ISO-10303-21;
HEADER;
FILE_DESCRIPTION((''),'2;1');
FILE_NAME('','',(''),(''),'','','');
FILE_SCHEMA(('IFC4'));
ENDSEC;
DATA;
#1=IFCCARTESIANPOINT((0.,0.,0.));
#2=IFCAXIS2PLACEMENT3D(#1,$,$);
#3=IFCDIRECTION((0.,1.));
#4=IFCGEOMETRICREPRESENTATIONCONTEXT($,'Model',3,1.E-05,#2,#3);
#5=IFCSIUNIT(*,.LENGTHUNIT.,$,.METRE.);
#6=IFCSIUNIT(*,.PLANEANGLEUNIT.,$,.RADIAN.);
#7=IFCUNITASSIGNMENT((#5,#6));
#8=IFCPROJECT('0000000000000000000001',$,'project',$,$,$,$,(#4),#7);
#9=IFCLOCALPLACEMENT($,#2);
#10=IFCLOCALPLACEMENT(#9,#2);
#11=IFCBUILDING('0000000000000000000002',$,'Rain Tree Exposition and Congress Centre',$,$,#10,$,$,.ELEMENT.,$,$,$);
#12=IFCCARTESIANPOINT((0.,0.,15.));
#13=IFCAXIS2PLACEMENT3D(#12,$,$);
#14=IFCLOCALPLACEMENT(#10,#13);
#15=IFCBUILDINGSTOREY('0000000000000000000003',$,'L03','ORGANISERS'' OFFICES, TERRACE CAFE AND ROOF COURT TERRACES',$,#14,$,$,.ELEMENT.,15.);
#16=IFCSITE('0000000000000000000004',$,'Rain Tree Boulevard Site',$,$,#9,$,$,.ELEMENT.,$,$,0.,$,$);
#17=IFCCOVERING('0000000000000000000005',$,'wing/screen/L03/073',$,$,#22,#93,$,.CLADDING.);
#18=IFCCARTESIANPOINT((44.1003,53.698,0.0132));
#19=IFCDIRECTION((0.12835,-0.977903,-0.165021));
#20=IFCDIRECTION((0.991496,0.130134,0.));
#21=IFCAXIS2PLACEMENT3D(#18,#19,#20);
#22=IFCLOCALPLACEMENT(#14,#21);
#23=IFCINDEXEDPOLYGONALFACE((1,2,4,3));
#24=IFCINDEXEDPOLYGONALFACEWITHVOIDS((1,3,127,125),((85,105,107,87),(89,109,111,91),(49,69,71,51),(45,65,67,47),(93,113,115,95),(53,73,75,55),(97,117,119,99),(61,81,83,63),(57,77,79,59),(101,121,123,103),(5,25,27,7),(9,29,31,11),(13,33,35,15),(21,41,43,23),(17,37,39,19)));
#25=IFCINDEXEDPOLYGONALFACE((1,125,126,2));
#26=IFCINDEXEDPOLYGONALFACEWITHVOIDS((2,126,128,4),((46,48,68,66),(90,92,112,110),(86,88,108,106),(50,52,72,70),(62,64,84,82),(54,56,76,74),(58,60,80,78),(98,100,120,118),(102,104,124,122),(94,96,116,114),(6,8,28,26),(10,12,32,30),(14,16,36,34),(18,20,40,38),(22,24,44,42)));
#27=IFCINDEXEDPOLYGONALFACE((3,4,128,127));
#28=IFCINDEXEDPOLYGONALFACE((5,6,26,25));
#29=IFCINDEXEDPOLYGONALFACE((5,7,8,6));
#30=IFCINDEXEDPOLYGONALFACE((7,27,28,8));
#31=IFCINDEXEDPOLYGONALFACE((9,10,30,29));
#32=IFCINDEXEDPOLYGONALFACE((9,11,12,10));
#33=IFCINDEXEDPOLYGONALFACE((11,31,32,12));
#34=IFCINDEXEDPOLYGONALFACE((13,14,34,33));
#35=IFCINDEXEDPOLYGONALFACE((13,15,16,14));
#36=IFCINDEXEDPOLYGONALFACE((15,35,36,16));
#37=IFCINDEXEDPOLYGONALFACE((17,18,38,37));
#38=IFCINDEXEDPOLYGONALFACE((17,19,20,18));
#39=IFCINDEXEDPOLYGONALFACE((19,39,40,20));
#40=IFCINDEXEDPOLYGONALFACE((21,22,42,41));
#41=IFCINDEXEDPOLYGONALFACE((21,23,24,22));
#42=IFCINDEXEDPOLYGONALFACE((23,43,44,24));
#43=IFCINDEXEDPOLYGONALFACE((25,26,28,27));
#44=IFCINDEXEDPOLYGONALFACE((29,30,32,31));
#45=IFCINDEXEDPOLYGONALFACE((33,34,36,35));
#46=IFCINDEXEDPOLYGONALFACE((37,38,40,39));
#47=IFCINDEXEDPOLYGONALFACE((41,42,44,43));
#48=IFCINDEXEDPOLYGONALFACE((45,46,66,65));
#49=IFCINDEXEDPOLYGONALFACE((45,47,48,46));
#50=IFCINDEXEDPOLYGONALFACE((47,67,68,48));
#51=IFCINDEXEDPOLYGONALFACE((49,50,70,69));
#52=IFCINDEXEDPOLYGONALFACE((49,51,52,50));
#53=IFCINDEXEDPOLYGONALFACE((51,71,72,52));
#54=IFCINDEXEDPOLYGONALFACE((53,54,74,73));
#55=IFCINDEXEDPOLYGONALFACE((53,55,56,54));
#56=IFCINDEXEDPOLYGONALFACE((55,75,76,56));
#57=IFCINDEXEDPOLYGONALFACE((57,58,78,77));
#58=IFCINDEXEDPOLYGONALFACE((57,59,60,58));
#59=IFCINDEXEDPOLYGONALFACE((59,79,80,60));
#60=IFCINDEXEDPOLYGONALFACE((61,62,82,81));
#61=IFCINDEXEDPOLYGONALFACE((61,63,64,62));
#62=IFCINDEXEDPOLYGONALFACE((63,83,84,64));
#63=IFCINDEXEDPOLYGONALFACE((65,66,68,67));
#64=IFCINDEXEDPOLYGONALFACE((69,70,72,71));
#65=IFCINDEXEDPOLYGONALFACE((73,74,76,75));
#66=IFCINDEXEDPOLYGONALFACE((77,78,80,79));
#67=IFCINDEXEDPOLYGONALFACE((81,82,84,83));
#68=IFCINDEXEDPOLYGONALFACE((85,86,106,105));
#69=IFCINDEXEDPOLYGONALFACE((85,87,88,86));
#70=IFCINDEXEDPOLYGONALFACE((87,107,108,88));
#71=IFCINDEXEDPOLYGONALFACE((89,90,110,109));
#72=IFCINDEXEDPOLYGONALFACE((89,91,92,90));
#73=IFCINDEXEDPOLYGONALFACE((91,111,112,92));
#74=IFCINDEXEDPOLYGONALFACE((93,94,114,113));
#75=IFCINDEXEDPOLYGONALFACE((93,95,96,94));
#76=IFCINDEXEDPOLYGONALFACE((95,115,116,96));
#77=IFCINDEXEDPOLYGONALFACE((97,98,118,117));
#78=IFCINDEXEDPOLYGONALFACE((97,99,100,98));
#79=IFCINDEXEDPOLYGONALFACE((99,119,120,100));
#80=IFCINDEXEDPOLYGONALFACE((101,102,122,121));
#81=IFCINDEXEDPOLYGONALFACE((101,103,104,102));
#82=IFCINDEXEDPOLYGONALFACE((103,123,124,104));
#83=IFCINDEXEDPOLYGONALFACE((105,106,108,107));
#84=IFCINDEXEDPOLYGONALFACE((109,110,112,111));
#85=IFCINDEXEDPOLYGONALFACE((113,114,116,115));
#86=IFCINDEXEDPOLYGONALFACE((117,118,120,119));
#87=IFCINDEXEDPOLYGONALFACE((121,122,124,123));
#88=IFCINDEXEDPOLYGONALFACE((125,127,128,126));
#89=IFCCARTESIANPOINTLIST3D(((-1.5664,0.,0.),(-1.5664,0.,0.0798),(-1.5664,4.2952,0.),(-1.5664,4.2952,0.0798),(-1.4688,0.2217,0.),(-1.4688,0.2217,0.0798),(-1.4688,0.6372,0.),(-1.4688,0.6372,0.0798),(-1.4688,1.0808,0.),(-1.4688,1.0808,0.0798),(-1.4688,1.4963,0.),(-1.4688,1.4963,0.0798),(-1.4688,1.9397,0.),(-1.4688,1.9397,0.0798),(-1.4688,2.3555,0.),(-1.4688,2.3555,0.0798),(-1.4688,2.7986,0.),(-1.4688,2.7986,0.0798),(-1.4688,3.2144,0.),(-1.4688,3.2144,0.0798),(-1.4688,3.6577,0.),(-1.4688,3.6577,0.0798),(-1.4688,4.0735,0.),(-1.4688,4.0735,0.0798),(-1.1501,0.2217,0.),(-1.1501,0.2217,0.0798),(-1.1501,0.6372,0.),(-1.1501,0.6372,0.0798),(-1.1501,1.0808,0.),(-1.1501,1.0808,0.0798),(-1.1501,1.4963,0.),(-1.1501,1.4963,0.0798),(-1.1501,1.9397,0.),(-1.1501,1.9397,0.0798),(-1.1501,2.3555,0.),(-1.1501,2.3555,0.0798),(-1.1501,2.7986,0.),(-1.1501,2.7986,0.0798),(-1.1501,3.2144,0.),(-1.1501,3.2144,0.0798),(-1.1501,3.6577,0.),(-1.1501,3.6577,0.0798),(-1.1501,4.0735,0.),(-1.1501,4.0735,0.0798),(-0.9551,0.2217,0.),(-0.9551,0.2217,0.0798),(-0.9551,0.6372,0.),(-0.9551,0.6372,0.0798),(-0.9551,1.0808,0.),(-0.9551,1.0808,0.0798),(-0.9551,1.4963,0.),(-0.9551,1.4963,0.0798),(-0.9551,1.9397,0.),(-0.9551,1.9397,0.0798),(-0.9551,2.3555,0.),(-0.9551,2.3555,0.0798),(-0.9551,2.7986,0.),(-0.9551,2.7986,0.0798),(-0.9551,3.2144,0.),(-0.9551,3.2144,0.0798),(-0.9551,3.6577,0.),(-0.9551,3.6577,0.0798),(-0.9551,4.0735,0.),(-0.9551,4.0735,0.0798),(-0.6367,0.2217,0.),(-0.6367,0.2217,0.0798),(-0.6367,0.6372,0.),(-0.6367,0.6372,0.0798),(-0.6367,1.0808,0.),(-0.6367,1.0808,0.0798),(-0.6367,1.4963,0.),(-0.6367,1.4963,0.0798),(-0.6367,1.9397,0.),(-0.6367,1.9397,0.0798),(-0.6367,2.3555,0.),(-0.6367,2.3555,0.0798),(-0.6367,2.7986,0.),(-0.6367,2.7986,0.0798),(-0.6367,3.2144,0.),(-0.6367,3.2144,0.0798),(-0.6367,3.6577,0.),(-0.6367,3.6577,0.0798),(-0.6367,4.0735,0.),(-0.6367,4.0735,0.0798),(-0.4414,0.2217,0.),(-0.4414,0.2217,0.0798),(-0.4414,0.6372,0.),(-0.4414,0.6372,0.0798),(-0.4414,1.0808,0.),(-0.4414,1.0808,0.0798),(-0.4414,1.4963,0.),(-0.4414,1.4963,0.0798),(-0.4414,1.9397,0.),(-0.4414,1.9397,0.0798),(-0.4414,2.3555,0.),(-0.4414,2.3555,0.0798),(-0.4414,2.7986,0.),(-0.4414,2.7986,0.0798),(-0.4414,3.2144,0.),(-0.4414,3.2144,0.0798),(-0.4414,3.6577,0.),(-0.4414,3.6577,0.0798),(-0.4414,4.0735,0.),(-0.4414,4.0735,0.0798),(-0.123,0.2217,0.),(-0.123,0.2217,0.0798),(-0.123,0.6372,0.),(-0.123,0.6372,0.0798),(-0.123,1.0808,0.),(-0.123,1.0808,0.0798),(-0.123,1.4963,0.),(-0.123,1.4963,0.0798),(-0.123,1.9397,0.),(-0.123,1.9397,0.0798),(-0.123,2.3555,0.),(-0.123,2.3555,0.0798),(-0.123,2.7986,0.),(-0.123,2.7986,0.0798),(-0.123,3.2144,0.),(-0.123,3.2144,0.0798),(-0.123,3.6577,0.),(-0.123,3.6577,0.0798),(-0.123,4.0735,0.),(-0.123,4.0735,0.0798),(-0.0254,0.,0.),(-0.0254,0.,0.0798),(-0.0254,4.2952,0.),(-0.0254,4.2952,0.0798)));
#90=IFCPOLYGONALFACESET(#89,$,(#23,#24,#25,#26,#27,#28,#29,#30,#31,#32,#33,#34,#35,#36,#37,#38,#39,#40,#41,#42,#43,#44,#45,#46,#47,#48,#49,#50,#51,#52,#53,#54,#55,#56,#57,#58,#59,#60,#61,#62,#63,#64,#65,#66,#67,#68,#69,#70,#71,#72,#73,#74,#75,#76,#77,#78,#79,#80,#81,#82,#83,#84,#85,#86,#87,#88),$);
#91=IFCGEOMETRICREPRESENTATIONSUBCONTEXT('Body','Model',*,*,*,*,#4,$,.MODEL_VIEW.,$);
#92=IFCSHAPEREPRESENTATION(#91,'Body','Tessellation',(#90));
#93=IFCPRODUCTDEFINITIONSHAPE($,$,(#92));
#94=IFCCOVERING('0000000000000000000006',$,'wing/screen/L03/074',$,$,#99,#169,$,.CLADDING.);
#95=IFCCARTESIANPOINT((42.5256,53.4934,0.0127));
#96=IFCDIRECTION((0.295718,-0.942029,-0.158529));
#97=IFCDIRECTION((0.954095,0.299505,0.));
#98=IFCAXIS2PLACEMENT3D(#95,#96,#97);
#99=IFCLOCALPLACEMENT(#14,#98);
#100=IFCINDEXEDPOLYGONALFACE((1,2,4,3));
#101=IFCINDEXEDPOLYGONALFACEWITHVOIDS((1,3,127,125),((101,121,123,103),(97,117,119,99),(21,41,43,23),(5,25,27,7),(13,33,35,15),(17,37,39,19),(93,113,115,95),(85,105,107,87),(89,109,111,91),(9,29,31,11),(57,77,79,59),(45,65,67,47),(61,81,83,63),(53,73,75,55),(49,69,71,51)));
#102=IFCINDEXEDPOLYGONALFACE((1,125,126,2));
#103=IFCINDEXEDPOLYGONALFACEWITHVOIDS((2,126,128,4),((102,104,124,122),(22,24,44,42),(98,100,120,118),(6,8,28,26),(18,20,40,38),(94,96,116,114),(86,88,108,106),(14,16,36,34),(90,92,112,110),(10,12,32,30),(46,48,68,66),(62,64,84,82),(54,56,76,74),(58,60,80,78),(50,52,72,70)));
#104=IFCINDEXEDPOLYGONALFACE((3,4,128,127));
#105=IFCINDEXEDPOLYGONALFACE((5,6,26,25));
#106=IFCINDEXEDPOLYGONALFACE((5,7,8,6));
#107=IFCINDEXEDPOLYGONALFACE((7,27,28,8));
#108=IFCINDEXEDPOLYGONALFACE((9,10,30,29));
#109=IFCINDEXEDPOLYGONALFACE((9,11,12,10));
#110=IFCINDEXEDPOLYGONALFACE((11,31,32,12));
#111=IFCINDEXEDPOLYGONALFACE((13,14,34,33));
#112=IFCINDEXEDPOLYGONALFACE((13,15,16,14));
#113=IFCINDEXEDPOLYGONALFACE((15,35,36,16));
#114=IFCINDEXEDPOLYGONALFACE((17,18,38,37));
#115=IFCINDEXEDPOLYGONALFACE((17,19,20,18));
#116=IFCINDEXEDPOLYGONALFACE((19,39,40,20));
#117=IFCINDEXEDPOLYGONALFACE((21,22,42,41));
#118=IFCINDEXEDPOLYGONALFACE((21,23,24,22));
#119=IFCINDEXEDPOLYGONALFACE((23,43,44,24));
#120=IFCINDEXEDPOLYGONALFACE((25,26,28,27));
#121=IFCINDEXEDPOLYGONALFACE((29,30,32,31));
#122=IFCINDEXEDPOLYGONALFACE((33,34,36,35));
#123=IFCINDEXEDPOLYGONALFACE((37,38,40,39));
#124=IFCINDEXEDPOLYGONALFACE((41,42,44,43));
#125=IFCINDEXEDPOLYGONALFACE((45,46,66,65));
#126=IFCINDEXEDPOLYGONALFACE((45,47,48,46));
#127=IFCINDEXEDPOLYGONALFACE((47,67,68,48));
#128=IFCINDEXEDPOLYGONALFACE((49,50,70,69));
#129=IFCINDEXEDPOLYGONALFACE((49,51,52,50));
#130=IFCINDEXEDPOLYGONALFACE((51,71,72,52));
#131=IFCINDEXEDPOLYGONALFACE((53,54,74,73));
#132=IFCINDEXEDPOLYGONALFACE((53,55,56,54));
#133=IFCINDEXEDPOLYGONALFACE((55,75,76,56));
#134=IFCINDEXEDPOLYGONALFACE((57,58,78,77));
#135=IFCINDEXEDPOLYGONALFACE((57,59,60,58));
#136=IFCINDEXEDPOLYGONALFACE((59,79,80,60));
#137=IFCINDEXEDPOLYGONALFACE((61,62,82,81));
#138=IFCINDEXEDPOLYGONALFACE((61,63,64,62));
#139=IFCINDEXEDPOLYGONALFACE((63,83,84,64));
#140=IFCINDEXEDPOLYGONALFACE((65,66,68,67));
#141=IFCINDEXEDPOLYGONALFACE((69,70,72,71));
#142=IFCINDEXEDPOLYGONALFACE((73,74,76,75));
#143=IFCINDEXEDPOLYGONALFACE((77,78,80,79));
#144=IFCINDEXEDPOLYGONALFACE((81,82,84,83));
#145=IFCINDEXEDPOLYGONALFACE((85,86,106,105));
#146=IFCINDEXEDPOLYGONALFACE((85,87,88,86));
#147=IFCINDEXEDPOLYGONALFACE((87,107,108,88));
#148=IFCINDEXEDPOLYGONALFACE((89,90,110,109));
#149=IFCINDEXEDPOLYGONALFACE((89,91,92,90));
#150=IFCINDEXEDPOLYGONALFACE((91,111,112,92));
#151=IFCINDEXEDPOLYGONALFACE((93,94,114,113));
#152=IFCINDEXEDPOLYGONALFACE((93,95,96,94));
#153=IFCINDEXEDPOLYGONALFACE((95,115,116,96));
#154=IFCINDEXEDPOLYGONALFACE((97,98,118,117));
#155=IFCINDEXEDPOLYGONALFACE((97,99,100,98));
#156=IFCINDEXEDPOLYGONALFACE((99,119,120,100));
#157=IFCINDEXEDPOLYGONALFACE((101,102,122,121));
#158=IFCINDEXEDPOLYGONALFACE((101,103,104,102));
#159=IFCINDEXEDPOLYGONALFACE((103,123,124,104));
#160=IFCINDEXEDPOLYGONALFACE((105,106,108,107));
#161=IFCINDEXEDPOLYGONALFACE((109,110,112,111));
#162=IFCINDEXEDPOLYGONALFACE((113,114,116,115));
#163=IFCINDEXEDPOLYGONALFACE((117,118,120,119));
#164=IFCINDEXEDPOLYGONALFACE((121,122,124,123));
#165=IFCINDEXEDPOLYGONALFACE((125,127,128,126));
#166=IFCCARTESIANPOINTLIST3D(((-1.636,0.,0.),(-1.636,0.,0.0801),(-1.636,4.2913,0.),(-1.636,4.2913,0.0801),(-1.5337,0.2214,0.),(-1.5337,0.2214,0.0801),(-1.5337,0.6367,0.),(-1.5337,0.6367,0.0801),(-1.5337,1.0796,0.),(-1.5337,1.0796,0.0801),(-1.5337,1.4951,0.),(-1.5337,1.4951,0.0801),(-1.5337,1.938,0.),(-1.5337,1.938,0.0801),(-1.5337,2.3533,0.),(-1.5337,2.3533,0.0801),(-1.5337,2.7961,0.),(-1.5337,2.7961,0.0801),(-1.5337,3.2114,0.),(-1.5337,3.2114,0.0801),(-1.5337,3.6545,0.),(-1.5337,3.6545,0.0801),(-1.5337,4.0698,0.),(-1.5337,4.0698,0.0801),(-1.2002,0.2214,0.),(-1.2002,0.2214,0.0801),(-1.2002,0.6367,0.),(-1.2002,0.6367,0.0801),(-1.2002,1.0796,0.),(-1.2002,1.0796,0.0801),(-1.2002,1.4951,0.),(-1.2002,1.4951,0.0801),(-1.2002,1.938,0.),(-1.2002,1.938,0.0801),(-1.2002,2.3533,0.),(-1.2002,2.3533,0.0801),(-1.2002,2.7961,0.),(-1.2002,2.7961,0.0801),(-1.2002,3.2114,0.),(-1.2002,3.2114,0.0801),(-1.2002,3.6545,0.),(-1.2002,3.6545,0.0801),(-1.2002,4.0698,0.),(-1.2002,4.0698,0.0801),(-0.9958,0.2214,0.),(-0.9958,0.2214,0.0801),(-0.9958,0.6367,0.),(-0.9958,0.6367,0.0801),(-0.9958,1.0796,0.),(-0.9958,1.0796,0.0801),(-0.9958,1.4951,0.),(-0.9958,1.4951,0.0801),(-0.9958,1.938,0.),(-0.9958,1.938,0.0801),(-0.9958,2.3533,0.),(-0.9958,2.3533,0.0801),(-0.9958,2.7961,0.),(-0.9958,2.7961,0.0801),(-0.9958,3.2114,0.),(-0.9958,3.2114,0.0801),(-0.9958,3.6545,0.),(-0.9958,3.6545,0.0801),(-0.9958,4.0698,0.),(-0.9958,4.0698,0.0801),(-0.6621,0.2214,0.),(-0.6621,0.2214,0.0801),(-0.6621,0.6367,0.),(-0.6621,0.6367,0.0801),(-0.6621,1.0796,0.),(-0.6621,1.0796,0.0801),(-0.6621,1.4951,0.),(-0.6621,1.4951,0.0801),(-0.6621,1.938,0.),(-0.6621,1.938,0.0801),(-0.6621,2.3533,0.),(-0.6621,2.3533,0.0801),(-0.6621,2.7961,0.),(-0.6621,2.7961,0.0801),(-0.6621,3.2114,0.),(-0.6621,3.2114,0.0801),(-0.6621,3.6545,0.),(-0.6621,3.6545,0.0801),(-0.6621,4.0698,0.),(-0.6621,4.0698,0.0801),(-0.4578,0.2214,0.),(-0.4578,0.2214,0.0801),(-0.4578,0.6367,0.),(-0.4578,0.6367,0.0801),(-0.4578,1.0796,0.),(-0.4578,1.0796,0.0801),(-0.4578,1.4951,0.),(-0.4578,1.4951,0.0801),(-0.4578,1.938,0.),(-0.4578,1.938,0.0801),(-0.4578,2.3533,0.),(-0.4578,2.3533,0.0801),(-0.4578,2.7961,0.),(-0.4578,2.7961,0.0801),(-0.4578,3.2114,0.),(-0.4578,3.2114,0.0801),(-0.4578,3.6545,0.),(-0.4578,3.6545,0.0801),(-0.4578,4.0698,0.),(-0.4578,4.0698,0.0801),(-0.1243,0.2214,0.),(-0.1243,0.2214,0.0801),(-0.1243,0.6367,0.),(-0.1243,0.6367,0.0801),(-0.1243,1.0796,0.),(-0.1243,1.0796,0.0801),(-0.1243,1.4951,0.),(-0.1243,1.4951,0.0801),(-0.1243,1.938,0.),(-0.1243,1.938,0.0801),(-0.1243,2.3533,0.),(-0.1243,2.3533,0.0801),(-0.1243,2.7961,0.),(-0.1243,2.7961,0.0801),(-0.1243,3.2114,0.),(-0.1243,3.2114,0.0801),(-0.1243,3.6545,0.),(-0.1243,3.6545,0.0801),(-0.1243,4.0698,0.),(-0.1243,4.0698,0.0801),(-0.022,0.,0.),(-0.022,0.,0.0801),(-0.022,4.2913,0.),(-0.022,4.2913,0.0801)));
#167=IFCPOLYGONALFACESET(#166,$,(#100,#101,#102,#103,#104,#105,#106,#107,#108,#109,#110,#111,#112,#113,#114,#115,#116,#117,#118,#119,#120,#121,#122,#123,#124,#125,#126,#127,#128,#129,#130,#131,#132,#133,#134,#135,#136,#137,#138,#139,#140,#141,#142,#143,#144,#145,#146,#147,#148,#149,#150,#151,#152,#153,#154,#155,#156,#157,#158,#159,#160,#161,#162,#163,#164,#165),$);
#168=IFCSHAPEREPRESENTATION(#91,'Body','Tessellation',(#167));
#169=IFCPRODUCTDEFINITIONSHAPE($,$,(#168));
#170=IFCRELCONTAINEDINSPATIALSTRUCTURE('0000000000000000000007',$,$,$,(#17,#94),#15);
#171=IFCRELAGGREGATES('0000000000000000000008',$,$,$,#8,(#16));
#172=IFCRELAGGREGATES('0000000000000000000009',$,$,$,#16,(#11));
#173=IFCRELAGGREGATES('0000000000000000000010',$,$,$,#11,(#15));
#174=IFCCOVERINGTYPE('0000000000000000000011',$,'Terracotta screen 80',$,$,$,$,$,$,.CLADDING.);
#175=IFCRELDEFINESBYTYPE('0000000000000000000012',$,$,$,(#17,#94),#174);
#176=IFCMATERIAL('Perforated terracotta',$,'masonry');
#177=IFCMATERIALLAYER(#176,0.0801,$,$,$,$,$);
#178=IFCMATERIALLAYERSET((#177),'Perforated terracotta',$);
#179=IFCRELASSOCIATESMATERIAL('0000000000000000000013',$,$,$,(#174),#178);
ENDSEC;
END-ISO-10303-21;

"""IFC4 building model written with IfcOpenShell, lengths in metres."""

from ifc_helpers import new_model, si_unit, direction, frame, origin, place, context, subcontext, project, spatial, polyline, outline, extrude, material, layer, layer_set, type_object, element, save


model = new_model("IFC4")

# Units and contexts
model_context = context("Model", 3, precision=1e-05, world=origin(), true_north=direction((0.0, 1.0)))
body_context = subcontext(model_context, "Body", "Model", "MODEL_VIEW")
ifc_project = project(units=[si_unit("LENGTHUNIT", "METRE"), si_unit("PLANEANGLEUNIT", "RADIAN")], contexts=[model_context])

# Site, building, storey
site_placement = place(None, origin())
site = spatial("IfcSite", under=ifc_project, at=site_placement, Name="Rain Tree Boulevard Site", CompositionType="ELEMENT", RefElevation=0.0)
building_placement = place(site_placement, origin())
building = spatial("IfcBuilding", under=site, at=building_placement, Name="Rain Tree Exposition and Congress Centre", CompositionType="ELEMENT")
storey_placement = place(building_placement, frame((0.0, 0.0, 15.0)))
storey = spatial("IfcBuildingStorey", under=building, at=storey_placement, Name="L03", Description="ORGANISERS' OFFICES, TERRACE CAFE AND ROOF COURT TERRACES", CompositionType="ELEMENT", Elevation=15.0)

# Coverings
ifc_material_1 = material(Name="Perforated terracotta", Category="masonry")
ifc_layer_1 = layer(ifc_material_1, 0.0801)
ifc_layer_set_1 = layer_set([ifc_layer_1], Name="Perforated terracotta")
covering_type_1 = type_object("IfcCoveringType", Name="Terracotta screen 80", PredefinedType="CLADDING", material=ifc_layer_set_1)
covering_1_placement = place(storey_placement, frame((44.1003, 53.698, 0.0132), z_axis=(0.12835, -0.977903, -0.165021), x_axis=(0.991496, 0.130134, 0.0)))
element("IfcCovering", 1, at=covering_1_placement, inside=storey, type_object=covering_type_1, Name="wing/screen/L03/073", PredefinedType="CLADDING", context=body_context, shape_type="SweptSolid", body=[
    extrude(outline(polyline([(-1.5664, 0.0), (-1.5664, 4.2952), (-0.0254, 4.2952), (-0.0254, 0.0), (-1.5664, 0.0)]), holes=[polyline([(-0.123, 0.2217), (-0.123, 0.6372), (-0.4414, 0.6372), (-0.4414, 0.2217), (-0.123, 0.2217)]), polyline([(-0.123, 1.0808), (-0.123, 1.4963), (-0.4414, 1.4963), (-0.4414, 1.0808), (-0.123, 1.0808)]), polyline([(-0.123, 1.9397), (-0.123, 2.3555), (-0.4414, 2.3555), (-0.4414, 1.9397), (-0.123, 1.9397)]), polyline([(-0.123, 2.7986), (-0.123, 3.2144), (-0.4414, 3.2144), (-0.4414, 2.7986), (-0.123, 2.7986)]), polyline([(-0.123, 3.6577), (-0.123, 4.0735), (-0.4414, 4.0735), (-0.4414, 3.6577), (-0.123, 3.6577)]), polyline([(-0.6367, 0.2217), (-0.6367, 0.6372), (-0.9551, 0.6372), (-0.9551, 0.2217), (-0.6367, 0.2217)]), polyline([(-0.6367, 1.0808), (-0.6367, 1.4963), (-0.9551, 1.4963), (-0.9551, 1.0808), (-0.6367, 1.0808)]), polyline([(-0.6367, 1.9397), (-0.6367, 2.3555), (-0.9551, 2.3555), (-0.9551, 1.9397), (-0.6367, 1.9397)]), polyline([(-0.6367, 2.7986), (-0.6367, 3.2144), (-0.9551, 3.2144), (-0.9551, 2.7986), (-0.6367, 2.7986)]), polyline([(-0.6367, 3.6577), (-0.6367, 4.0735), (-0.9551, 4.0735), (-0.9551, 3.6577), (-0.6367, 3.6577)]), polyline([(-1.1501, 0.2217), (-1.1501, 0.6372), (-1.4688, 0.6372), (-1.4688, 0.2217), (-1.1501, 0.2217)]), polyline([(-1.1501, 1.0808), (-1.1501, 1.4963), (-1.4688, 1.4963), (-1.4688, 1.0808), (-1.1501, 1.0808)]), polyline([(-1.1501, 1.9397), (-1.1501, 2.3555), (-1.4688, 2.3555), (-1.4688, 1.9397), (-1.1501, 1.9397)]), polyline([(-1.1501, 2.7986), (-1.1501, 3.2144), (-1.4688, 3.2144), (-1.4688, 2.7986), (-1.1501, 2.7986)]), polyline([(-1.1501, 3.6577), (-1.1501, 4.0735), (-1.4688, 4.0735), (-1.4688, 3.6577), (-1.1501, 3.6577)])]), origin(), (0.0, 0.0, 1.0), 0.0798),
])
covering_2_placement = place(storey_placement, frame((42.5256, 53.4934, 0.0127), z_axis=(0.295718, -0.942029, -0.158529), x_axis=(0.954095, 0.299505, 0.0)))
element("IfcCovering", 2, at=covering_2_placement, inside=storey, type_object=covering_type_1, Name="wing/screen/L03/074", PredefinedType="CLADDING", context=body_context, shape_type="SweptSolid", body=[
    extrude(outline(polyline([(-1.636, 0.0), (-1.636, 4.2913), (-0.022, 4.2913), (-0.022, 0.0), (-1.636, 0.0)]), holes=[polyline([(-0.1243, 0.2214), (-0.1243, 0.6367), (-0.4578, 0.6367), (-0.4578, 0.2214), (-0.1243, 0.2214)]), polyline([(-0.1243, 1.0796), (-0.1243, 1.4951), (-0.4578, 1.4951), (-0.4578, 1.0796), (-0.1243, 1.0796)]), polyline([(-0.1243, 1.938), (-0.1243, 2.3533), (-0.4578, 2.3533), (-0.4578, 1.938), (-0.1243, 1.938)]), polyline([(-0.1243, 2.7961), (-0.1243, 3.2114), (-0.4578, 3.2114), (-0.4578, 2.7961), (-0.1243, 2.7961)]), polyline([(-0.1243, 3.6545), (-0.1243, 4.0698), (-0.4578, 4.0698), (-0.4578, 3.6545), (-0.1243, 3.6545)]), polyline([(-0.6621, 0.2214), (-0.6621, 0.6367), (-0.9958, 0.6367), (-0.9958, 0.2214), (-0.6621, 0.2214)]), polyline([(-0.6621, 1.0796), (-0.6621, 1.4951), (-0.9958, 1.4951), (-0.9958, 1.0796), (-0.6621, 1.0796)]), polyline([(-0.6621, 1.938), (-0.6621, 2.3533), (-0.9958, 2.3533), (-0.9958, 1.938), (-0.6621, 1.938)]), polyline([(-0.6621, 2.7961), (-0.6621, 3.2114), (-0.9958, 3.2114), (-0.9958, 2.7961), (-0.6621, 2.7961)]), polyline([(-0.6621, 3.6545), (-0.6621, 4.0698), (-0.9958, 4.0698), (-0.9958, 3.6545), (-0.6621, 3.6545)]), polyline([(-1.2002, 0.2214), (-1.2002, 0.6367), (-1.5337, 0.6367), (-1.5337, 0.2214), (-1.2002, 0.2214)]), polyline([(-1.2002, 1.0796), (-1.2002, 1.4951), (-1.5337, 1.4951), (-1.5337, 1.0796), (-1.2002, 1.0796)]), polyline([(-1.2002, 1.938), (-1.2002, 2.3533), (-1.5337, 2.3533), (-1.5337, 1.938), (-1.2002, 1.938)]), polyline([(-1.2002, 2.7961), (-1.2002, 3.2114), (-1.5337, 3.2114), (-1.5337, 2.7961), (-1.2002, 2.7961)]), polyline([(-1.2002, 3.6545), (-1.2002, 4.0698), (-1.5337, 4.0698), (-1.5337, 3.6545), (-1.2002, 3.6545)])]), origin(), (0.0, 0.0, 1.0), 0.0801),
])

save(model, "model.ifc")
